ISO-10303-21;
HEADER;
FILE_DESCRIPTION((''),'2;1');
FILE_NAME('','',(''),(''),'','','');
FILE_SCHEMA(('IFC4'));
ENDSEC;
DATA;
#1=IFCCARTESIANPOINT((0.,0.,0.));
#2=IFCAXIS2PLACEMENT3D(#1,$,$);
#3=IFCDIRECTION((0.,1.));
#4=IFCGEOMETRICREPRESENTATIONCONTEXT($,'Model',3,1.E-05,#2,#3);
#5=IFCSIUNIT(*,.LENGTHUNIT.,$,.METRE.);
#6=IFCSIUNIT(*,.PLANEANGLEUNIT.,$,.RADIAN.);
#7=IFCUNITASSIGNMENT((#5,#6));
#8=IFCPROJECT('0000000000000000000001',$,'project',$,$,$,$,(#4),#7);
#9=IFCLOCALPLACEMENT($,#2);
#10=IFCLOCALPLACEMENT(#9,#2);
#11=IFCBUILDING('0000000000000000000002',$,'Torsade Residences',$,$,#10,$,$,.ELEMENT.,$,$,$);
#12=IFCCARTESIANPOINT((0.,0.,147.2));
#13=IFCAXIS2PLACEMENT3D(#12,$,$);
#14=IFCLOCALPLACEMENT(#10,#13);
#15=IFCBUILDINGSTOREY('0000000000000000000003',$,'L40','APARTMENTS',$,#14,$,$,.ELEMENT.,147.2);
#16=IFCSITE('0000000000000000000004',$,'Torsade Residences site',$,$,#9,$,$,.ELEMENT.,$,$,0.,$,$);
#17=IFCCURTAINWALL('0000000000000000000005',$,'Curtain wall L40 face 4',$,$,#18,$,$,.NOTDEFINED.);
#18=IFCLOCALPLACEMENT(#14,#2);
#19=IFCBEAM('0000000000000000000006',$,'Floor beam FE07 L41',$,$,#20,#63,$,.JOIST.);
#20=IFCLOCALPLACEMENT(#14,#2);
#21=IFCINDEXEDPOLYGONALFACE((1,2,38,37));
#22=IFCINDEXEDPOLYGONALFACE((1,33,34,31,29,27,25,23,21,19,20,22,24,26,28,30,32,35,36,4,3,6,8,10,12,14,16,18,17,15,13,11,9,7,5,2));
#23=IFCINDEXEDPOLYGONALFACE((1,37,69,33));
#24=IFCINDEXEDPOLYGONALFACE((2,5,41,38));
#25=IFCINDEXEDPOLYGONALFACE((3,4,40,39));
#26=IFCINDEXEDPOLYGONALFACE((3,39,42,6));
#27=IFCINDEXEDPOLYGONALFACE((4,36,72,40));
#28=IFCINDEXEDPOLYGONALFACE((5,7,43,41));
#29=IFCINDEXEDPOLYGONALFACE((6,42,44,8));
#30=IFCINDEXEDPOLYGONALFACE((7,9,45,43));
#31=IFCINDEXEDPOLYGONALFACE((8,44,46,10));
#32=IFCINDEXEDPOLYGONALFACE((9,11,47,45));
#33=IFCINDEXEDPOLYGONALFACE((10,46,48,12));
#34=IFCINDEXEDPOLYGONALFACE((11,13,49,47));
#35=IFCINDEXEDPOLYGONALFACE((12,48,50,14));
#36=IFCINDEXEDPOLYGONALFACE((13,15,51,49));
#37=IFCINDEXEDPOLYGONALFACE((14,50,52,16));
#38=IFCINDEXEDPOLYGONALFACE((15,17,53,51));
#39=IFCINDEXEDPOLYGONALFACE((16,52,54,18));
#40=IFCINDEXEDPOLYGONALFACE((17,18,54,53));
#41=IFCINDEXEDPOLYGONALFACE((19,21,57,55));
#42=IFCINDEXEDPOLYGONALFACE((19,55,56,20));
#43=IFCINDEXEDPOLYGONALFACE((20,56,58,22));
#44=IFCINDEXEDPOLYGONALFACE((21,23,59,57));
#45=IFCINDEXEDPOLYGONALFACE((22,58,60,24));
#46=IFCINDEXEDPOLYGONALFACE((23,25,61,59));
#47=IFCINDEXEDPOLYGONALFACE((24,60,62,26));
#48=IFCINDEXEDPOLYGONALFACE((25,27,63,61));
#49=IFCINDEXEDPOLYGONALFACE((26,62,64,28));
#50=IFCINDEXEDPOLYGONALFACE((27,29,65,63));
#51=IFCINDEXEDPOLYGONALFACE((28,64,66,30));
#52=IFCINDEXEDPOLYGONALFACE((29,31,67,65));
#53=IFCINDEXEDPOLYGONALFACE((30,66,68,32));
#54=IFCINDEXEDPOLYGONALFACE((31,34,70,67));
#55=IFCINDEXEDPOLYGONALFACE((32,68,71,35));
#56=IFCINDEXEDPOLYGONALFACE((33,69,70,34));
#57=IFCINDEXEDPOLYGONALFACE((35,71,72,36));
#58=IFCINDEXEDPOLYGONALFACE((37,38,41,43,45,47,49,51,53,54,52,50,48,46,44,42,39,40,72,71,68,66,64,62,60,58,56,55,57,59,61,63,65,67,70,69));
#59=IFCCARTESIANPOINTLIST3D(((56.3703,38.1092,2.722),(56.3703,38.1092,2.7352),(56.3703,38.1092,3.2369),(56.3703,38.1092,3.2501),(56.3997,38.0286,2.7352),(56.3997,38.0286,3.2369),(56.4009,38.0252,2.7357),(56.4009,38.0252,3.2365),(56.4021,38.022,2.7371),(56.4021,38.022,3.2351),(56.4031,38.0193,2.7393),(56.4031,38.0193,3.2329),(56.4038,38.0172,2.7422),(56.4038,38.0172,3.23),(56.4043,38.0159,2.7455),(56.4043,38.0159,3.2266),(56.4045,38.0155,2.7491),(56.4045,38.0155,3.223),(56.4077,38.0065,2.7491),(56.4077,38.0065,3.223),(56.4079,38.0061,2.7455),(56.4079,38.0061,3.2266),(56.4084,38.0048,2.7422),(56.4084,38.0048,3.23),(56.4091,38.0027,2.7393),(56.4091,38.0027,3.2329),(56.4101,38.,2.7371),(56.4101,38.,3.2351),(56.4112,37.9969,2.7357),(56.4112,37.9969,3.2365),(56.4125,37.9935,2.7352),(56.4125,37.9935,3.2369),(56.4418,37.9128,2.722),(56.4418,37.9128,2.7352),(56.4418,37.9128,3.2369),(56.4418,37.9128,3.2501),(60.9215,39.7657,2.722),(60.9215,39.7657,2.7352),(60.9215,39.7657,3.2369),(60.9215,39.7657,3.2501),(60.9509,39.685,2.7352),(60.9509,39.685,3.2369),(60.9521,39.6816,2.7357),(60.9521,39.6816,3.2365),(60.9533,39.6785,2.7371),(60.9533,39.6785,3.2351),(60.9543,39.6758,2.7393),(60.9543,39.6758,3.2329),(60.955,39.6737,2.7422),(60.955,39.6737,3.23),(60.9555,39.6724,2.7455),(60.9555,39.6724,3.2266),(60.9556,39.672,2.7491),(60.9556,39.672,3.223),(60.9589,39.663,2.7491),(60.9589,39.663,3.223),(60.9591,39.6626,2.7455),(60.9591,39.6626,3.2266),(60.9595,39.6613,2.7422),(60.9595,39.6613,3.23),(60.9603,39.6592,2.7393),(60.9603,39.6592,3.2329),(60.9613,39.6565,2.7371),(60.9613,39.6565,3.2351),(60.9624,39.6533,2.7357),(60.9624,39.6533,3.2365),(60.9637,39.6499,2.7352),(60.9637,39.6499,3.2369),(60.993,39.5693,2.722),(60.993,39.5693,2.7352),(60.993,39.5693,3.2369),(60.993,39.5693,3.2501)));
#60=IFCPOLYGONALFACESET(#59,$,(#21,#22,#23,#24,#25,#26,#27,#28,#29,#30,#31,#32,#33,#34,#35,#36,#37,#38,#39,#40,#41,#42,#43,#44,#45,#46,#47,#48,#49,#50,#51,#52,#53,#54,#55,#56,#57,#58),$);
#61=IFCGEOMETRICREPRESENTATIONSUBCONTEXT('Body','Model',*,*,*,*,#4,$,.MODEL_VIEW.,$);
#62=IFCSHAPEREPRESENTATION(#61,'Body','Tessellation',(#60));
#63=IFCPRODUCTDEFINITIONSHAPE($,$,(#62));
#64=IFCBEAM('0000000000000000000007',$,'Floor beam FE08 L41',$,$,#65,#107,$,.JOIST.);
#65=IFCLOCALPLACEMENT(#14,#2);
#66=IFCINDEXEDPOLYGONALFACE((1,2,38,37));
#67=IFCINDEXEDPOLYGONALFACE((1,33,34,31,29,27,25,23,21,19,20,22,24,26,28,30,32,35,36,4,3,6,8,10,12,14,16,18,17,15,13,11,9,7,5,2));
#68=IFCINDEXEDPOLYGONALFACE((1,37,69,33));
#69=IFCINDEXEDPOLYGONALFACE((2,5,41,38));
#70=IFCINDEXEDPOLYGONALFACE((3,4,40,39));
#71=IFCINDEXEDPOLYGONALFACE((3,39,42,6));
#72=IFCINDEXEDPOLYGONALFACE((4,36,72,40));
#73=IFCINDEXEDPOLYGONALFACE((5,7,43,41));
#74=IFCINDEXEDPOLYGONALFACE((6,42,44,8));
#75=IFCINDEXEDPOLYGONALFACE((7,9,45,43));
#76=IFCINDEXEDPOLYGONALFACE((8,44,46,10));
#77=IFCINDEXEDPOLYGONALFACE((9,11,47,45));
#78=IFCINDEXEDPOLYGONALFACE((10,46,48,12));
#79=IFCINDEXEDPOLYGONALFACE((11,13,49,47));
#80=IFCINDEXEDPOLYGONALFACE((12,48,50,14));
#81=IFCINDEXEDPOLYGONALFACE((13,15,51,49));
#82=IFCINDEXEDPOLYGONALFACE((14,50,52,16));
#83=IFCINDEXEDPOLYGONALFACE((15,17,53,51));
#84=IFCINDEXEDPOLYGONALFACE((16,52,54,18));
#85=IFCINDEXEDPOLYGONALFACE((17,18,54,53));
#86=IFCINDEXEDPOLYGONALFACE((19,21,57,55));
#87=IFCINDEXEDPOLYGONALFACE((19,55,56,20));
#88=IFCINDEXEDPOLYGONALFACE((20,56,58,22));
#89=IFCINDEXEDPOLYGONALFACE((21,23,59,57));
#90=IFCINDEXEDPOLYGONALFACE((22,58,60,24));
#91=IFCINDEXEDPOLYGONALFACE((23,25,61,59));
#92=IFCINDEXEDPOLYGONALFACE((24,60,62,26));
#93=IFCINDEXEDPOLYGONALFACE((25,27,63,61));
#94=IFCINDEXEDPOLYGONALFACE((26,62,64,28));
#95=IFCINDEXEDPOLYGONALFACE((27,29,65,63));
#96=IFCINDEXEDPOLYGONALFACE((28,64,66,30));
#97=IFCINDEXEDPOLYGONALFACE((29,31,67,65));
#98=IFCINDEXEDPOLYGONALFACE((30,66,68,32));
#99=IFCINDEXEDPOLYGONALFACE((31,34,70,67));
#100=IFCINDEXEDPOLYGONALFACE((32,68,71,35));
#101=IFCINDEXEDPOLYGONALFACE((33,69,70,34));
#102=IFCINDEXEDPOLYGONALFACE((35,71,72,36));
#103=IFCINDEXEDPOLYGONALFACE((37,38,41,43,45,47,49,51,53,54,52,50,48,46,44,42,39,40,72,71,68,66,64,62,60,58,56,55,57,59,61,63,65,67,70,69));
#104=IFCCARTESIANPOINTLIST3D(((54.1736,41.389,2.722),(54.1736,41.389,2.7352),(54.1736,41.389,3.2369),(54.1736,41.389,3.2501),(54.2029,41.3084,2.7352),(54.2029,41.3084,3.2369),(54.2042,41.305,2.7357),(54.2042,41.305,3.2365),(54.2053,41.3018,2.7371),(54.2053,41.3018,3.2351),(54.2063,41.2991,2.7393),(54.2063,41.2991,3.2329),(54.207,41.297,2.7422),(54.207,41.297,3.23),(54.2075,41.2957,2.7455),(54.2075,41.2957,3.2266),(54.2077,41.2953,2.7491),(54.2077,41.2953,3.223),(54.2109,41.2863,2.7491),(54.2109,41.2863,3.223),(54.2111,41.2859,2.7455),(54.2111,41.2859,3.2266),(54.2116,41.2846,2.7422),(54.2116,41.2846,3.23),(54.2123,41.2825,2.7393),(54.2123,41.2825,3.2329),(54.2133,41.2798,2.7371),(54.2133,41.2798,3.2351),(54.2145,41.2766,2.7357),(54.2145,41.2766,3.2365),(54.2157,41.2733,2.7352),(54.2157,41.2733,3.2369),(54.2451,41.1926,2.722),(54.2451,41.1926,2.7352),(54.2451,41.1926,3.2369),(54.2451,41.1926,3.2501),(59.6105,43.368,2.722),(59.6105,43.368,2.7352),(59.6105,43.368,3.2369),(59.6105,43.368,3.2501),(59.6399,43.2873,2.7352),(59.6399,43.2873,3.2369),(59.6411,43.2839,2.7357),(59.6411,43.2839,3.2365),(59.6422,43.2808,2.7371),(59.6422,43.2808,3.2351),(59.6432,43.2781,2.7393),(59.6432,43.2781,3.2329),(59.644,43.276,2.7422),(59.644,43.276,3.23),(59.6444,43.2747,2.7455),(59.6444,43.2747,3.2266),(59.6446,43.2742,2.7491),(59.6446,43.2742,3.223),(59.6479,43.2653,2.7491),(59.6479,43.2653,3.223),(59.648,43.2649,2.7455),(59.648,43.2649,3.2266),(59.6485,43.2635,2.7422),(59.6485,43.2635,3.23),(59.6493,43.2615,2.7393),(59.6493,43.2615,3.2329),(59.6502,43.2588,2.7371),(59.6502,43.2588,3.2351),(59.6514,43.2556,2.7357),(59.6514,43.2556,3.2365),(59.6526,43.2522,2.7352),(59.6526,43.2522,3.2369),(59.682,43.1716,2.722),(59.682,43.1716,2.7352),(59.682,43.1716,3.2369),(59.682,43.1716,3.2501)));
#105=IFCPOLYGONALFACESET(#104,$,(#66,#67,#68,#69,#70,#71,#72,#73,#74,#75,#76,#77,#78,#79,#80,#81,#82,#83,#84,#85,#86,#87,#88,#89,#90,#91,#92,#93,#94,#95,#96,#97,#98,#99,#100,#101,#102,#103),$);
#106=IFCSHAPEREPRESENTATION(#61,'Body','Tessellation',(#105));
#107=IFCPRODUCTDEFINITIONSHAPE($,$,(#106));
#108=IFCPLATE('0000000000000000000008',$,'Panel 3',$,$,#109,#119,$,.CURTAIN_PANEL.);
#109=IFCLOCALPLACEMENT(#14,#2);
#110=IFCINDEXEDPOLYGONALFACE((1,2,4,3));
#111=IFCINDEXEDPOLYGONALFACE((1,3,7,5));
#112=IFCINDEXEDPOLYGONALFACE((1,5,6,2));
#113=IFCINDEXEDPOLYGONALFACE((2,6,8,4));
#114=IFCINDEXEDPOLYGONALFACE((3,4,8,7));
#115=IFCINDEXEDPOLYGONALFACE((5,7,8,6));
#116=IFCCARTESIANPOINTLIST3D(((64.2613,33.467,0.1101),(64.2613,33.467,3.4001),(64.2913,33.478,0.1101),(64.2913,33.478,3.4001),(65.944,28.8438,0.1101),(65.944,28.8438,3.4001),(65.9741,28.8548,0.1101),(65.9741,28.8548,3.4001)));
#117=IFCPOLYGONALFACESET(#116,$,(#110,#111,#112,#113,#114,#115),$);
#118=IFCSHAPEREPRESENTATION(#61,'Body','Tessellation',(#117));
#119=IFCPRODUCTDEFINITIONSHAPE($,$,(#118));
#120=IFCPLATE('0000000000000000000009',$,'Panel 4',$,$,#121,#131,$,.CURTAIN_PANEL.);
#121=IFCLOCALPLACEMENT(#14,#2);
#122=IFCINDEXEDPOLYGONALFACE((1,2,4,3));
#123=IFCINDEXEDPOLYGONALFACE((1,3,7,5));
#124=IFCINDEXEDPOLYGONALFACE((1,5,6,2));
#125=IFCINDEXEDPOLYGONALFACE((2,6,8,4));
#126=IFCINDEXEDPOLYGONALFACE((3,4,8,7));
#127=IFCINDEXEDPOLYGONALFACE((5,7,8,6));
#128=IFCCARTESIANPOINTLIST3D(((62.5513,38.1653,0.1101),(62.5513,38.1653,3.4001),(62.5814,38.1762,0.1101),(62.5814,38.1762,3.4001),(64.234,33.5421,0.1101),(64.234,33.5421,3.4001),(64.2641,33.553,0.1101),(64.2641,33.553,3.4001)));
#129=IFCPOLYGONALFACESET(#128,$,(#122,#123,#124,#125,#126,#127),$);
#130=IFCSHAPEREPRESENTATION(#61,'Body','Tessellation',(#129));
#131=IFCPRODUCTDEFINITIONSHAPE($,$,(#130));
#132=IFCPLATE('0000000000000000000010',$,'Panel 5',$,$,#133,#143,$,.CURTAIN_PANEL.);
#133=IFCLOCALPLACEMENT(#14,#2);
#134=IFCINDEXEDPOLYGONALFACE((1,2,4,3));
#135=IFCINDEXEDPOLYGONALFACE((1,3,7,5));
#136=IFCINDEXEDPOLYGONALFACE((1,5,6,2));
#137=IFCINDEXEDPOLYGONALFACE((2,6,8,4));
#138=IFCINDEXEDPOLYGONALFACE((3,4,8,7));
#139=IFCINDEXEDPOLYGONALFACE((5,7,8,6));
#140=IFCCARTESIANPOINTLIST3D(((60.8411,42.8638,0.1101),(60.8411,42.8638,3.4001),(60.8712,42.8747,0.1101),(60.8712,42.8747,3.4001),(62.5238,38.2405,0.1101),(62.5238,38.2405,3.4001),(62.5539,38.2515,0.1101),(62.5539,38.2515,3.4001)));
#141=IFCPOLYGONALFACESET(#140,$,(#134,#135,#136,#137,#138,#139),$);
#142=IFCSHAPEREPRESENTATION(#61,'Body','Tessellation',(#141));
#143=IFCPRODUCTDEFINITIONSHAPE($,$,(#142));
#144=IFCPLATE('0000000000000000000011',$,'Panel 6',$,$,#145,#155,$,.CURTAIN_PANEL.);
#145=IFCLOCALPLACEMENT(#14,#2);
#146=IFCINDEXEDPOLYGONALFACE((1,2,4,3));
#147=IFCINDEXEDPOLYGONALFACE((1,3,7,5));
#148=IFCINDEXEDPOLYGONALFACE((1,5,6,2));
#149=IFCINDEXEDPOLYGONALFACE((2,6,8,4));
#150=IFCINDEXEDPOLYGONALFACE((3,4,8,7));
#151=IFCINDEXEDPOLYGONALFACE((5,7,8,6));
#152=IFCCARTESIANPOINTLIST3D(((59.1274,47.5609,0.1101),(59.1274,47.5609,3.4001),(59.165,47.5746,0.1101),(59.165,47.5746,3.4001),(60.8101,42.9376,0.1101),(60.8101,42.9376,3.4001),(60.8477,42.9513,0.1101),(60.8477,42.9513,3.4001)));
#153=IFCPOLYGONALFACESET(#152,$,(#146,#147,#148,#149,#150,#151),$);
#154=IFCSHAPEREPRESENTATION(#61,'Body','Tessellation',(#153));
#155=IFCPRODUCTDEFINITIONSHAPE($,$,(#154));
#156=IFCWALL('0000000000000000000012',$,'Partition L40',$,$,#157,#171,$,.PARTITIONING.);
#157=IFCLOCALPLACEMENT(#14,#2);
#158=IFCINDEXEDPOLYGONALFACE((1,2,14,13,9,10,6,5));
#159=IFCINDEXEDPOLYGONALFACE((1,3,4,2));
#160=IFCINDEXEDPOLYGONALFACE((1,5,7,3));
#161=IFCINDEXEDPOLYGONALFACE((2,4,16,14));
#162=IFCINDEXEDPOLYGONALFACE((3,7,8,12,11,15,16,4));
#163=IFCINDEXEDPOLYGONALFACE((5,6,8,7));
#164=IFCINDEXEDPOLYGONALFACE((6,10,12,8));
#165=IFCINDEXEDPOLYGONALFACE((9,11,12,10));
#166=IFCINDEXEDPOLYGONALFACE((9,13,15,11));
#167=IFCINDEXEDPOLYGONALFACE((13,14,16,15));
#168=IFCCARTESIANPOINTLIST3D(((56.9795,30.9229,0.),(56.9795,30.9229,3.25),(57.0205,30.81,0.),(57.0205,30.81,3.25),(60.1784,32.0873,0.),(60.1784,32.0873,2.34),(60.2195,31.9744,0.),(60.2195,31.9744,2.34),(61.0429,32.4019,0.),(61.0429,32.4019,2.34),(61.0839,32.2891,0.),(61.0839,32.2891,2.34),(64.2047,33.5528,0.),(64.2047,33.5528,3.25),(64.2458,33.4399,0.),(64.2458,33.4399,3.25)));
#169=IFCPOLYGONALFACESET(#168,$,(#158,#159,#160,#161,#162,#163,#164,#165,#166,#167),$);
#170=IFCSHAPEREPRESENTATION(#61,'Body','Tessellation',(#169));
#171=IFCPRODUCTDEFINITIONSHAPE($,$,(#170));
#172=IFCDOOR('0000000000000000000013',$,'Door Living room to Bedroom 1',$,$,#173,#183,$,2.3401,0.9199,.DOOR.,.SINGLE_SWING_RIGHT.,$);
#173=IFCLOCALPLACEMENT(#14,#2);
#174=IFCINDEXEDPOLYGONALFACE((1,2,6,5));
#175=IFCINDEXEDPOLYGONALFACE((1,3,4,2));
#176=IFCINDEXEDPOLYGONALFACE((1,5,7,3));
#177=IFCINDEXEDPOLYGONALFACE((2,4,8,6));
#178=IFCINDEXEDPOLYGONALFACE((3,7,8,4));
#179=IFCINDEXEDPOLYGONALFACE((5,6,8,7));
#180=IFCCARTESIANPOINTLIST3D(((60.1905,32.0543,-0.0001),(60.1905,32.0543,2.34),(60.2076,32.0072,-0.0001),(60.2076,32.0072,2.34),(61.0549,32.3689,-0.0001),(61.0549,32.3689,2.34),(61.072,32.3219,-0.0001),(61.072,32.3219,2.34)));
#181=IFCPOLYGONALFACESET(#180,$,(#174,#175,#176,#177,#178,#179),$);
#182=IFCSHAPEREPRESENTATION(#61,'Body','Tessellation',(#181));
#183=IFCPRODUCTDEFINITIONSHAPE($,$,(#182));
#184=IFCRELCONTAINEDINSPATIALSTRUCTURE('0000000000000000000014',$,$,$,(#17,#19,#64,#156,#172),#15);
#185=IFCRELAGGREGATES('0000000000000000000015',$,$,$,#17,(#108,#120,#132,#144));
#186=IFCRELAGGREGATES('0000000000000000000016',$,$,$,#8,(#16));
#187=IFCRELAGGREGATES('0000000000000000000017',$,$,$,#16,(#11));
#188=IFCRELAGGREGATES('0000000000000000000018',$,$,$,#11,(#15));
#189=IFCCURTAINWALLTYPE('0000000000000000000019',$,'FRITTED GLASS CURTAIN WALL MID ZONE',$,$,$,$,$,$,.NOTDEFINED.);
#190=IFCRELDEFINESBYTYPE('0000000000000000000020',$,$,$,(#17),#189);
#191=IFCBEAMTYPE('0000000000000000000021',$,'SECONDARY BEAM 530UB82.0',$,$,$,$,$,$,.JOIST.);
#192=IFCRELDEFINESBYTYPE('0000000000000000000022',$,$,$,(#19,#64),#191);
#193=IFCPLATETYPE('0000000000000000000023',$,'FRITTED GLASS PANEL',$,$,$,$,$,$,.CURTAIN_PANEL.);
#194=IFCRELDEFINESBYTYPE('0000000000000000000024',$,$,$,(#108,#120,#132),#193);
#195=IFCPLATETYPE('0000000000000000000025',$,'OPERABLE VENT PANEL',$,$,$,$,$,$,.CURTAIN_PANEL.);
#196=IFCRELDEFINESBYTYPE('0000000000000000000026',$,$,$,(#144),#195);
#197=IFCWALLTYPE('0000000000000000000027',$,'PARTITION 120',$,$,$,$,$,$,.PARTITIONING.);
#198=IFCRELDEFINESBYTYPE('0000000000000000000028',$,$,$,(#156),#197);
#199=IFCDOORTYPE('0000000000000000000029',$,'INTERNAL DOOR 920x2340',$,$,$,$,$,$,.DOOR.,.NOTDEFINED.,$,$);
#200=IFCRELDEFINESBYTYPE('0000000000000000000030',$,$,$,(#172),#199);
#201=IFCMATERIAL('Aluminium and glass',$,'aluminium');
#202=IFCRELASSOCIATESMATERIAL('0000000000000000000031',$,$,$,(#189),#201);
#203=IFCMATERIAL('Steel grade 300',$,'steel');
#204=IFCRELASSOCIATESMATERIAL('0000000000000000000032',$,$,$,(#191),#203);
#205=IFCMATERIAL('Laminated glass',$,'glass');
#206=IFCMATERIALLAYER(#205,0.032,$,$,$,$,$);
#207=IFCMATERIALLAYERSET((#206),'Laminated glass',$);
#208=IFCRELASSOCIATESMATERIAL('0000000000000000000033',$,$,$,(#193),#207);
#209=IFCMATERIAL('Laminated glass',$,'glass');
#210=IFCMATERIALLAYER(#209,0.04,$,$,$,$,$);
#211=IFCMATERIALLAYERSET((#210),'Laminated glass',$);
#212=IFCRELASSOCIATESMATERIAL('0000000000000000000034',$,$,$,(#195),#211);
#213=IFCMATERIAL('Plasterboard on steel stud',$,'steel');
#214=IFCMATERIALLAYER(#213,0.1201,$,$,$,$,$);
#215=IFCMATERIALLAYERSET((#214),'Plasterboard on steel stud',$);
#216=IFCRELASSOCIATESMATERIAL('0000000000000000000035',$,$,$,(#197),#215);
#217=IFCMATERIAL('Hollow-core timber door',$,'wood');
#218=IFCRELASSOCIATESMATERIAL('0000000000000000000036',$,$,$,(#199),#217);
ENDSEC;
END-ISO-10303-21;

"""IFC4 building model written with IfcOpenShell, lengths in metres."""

from ifc_helpers import new_model, si_unit, direction, frame, frame_2d, origin, origin_2d, place, context, subcontext, project, spatial, rectangle, i_section, extrude, material, layer, layer_set, material_profile, profile_set, type_object, element, fill, aggregate, save


model = new_model("IFC4")

# Units and contexts
model_context = context("Model", 3, precision=1e-05, world=origin(), true_north=direction((0.0, 1.0)))
body_context = subcontext(model_context, "Body", "Model", "MODEL_VIEW")
ifc_project = project(units=[si_unit("LENGTHUNIT", "METRE"), si_unit("PLANEANGLEUNIT", "RADIAN")], contexts=[model_context])

# Site, building, storey
site_placement = place(None, origin())
site = spatial("IfcSite", under=ifc_project, at=site_placement, Name="Torsade Residences site", CompositionType="ELEMENT", RefElevation=0.0)
building_placement = place(site_placement, origin())
building = spatial("IfcBuilding", under=site, at=building_placement, Name="Torsade Residences", CompositionType="ELEMENT")
storey_placement = place(building_placement, frame((0.0, 0.0, 147.2)))
storey = spatial("IfcBuildingStorey", under=building, at=storey_placement, Name="L40", Description="APARTMENTS", CompositionType="ELEMENT", Elevation=147.2)

# Curtain wall
ifc_material_1 = material(Name="Aluminium and glass", Category="aluminium")
curtain_wall_type = type_object("IfcCurtainWallType", Name="FRITTED GLASS CURTAIN WALL MID ZONE", PredefinedType="NOTDEFINED", material=ifc_material_1)
curtain_wall_placement = place(storey_placement, origin())
curtain_wall = element("IfcCurtainWall", 1, at=curtain_wall_placement, inside=storey, type_object=curtain_wall_type, Name="Curtain wall L40 face 4", PredefinedType="NOTDEFINED")

# Beams
ifc_material_2 = material(Name="Steel grade 300", Category="steel")
ifc_material_profile_1 = material_profile(ifc_material_2, i_section(OverallWidth=0.209, OverallDepth=0.5281, WebThickness=0.0095, FlangeThickness=0.0132, FilletRadius=0.0139, at=origin_2d()), Name="530UB82.0")
ifc_profile_set_1 = profile_set([ifc_material_profile_1], Name="Steel grade 300")
beam_type_1 = type_object("IfcBeamType", Name="SECONDARY BEAM 530UB82.0", PredefinedType="JOIST", material=ifc_profile_set_1)
beam_1_placement = place(storey_placement, frame((60.9573, 39.6675, 2.9861), z_axis=(-0.939695, -0.342014, 0.0), x_axis=(0.342014, -0.939695, 0.0)))
element("IfcBeam", 2, at=beam_1_placement, inside=storey, type_object=beam_type_1, Name="Floor beam FE07 L41", PredefinedType="JOIST", context=body_context, shape_type="SweptSolid", body=[
    extrude(i_section(OverallWidth=0.209, OverallDepth=0.5281, WebThickness=0.0095, FlangeThickness=0.0132, FilletRadius=0.0139, at=origin_2d()), origin(), (0.0, 0.0, 1.0), 4.8433),
])
beam_2_placement = place(storey_placement, frame((59.6462, 43.2698, 2.9861), z_axis=(-0.939687, -0.342034, 0.0), x_axis=(0.342034, -0.939687, 0.0)))
element("IfcBeam", 3, at=beam_2_placement, inside=storey, type_object=beam_type_1, Name="Floor beam FE08 L41", PredefinedType="JOIST", context=body_context, shape_type="SweptSolid", body=[
    extrude(i_section(OverallWidth=0.209, OverallDepth=0.5281, WebThickness=0.0095, FlangeThickness=0.0132, FilletRadius=0.0139, at=origin_2d()), origin(), (0.0, 0.0, 1.0), 5.7859),
])

# Plates
ifc_material_3 = material(Name="Laminated glass", Category="glass")
ifc_layer_1 = layer(ifc_material_3, 0.032)
ifc_layer_set_1 = layer_set([ifc_layer_1], Name="Laminated glass")
plate_type_1 = type_object("IfcPlateType", Name="FRITTED GLASS PANEL", PredefinedType="CURTAIN_PANEL", material=ifc_layer_set_1)
plate_1_placement = place(storey_placement, frame((65.1177, 31.1609, 0.1101), z_axis=(0.0, 0.0, 1.0), x_axis=(-0.34202, 0.939693, 0.0)))
plate_1 = element("IfcPlate", 4, at=plate_1_placement, type_object=plate_type_1, Name="Panel 3", PredefinedType="CURTAIN_PANEL", context=body_context, shape_type="SweptSolid", body=[
    extrude(rectangle(XDim=4.9199, YDim=0.032, at=origin_2d()), origin(), (0.0, 0.0, 1.0), 3.29),
])
plate_2_placement = place(storey_placement, frame((63.4077, 35.8591, 0.1101), z_axis=(0.0, 0.0, 1.0), x_axis=(-0.34202, 0.939693, 0.0)))
plate_2 = element("IfcPlate", 5, at=plate_2_placement, type_object=plate_type_1, Name="Panel 4", PredefinedType="CURTAIN_PANEL", context=body_context, shape_type="SweptSolid", body=[
    extrude(rectangle(XDim=4.9199, YDim=0.032, at=origin_2d()), origin(), (0.0, 0.0, 1.0), 3.29),
])
plate_3_placement = place(storey_placement, frame((61.6975, 40.5576, 0.1101), z_axis=(0.0, 0.0, 1.0), x_axis=(-0.34202, 0.939693, 0.0)))
plate_3 = element("IfcPlate", 6, at=plate_3_placement, type_object=plate_type_1, Name="Panel 5", PredefinedType="CURTAIN_PANEL", context=body_context, shape_type="SweptSolid", body=[
    extrude(rectangle(XDim=4.9199, YDim=0.032, at=origin_2d()), origin(), (0.0, 0.0, 1.0), 3.29),
])
ifc_material_4 = material(Name="Laminated glass", Category="glass")
ifc_layer_2 = layer(ifc_material_4, 0.04)
ifc_layer_set_2 = layer_set([ifc_layer_2], Name="Laminated glass")
plate_type_2 = type_object("IfcPlateType", Name="OPERABLE VENT PANEL", PredefinedType="CURTAIN_PANEL", material=ifc_layer_set_2)
plate_4_placement = place(storey_placement, frame((59.9875, 45.2561, 0.1101), z_axis=(0.0, 0.0, 1.0), x_axis=(-0.34202, 0.939693, 0.0)))
plate_4 = element("IfcPlate", 7, at=plate_4_placement, type_object=plate_type_2, Name="Panel 6", PredefinedType="CURTAIN_PANEL", context=body_context, shape_type="SweptSolid", body=[
    extrude(rectangle(XDim=4.9199, YDim=0.04, at=origin_2d()), origin(), (0.0, 0.0, 1.0), 3.29),
])
aggregate(curtain_wall, [plate_1, plate_2, plate_3, plate_4])

# Wall, opening, door
ifc_material_5 = material(Name="Plasterboard on steel stud", Category="steel")
ifc_layer_3 = layer(ifc_material_5, 0.1201)
ifc_layer_set_3 = layer_set([ifc_layer_3], Name="Plasterboard on steel stud")
wall_type_1 = type_object("IfcWallType", Name="PARTITION 120", PredefinedType="PARTITIONING", material=ifc_layer_set_3)
wall_1_placement = place(storey_placement, frame((57.0, 30.8665, 0.0), z_axis=(0.0, 0.0, 1.0), x_axis=(0.939686, 0.342039, 0.0)))
wall_1 = element("IfcWall", 8, at=wall_1_placement, inside=storey, type_object=wall_type_1, Name="Partition L40", PredefinedType="PARTITIONING", context=body_context, shape_type="SweptSolid", body=[
    extrude(rectangle(XDim=7.689, YDim=0.1201, at=frame_2d((3.8445, 0.0))), origin(), (0.0, 0.0, 1.0), 3.25),
])
opening_1_placement = place(wall_1_placement, frame((3.4043, 0.0, 0.0)))
opening_1 = element("IfcOpeningElement", 9, at=opening_1_placement, cuts=wall_1, PredefinedType="OPENING", context=body_context, shape_type="SweptSolid", body=[
    extrude(rectangle(XDim=0.9199, YDim=2.3401, at=frame_2d((0.46, 1.1699))), frame((0.0, 0.0701, 0.0), z_axis=(0.0, -1.0, 0.0), x_axis=(1.0, 0.0, 0.0)), (0.0, 0.0, 1.0), 0.1401),
])
ifc_material_6 = material(Name="Hollow-core timber door", Category="wood")
door_type_1 = type_object("IfcDoorType", Name="INTERNAL DOOR 920x2340", OperationType="NOTDEFINED", PredefinedType="DOOR", material=ifc_material_6)
door_1_placement = place(opening_1_placement, origin())
door_1 = element("IfcDoor", 10, at=door_1_placement, inside=storey, type_object=door_type_1, Name="Door Living room to Bedroom 1", OperationType="SINGLE_SWING_RIGHT", OverallHeight=2.3401, OverallWidth=0.9199, PredefinedType="DOOR", context=body_context, shape_type="SweptSolid", body=[
    extrude(rectangle(XDim=0.9199, YDim=2.3401, at=frame_2d((0.46, 1.1699))), frame((0.0, 0.0249, 0.0), z_axis=(0.0, -1.0, 0.0), x_axis=(1.0, 0.0, 0.0)), (0.0, 0.0, 1.0), 0.05),
])
fill(opening_1, door_1)

save(model, "model.ifc")
